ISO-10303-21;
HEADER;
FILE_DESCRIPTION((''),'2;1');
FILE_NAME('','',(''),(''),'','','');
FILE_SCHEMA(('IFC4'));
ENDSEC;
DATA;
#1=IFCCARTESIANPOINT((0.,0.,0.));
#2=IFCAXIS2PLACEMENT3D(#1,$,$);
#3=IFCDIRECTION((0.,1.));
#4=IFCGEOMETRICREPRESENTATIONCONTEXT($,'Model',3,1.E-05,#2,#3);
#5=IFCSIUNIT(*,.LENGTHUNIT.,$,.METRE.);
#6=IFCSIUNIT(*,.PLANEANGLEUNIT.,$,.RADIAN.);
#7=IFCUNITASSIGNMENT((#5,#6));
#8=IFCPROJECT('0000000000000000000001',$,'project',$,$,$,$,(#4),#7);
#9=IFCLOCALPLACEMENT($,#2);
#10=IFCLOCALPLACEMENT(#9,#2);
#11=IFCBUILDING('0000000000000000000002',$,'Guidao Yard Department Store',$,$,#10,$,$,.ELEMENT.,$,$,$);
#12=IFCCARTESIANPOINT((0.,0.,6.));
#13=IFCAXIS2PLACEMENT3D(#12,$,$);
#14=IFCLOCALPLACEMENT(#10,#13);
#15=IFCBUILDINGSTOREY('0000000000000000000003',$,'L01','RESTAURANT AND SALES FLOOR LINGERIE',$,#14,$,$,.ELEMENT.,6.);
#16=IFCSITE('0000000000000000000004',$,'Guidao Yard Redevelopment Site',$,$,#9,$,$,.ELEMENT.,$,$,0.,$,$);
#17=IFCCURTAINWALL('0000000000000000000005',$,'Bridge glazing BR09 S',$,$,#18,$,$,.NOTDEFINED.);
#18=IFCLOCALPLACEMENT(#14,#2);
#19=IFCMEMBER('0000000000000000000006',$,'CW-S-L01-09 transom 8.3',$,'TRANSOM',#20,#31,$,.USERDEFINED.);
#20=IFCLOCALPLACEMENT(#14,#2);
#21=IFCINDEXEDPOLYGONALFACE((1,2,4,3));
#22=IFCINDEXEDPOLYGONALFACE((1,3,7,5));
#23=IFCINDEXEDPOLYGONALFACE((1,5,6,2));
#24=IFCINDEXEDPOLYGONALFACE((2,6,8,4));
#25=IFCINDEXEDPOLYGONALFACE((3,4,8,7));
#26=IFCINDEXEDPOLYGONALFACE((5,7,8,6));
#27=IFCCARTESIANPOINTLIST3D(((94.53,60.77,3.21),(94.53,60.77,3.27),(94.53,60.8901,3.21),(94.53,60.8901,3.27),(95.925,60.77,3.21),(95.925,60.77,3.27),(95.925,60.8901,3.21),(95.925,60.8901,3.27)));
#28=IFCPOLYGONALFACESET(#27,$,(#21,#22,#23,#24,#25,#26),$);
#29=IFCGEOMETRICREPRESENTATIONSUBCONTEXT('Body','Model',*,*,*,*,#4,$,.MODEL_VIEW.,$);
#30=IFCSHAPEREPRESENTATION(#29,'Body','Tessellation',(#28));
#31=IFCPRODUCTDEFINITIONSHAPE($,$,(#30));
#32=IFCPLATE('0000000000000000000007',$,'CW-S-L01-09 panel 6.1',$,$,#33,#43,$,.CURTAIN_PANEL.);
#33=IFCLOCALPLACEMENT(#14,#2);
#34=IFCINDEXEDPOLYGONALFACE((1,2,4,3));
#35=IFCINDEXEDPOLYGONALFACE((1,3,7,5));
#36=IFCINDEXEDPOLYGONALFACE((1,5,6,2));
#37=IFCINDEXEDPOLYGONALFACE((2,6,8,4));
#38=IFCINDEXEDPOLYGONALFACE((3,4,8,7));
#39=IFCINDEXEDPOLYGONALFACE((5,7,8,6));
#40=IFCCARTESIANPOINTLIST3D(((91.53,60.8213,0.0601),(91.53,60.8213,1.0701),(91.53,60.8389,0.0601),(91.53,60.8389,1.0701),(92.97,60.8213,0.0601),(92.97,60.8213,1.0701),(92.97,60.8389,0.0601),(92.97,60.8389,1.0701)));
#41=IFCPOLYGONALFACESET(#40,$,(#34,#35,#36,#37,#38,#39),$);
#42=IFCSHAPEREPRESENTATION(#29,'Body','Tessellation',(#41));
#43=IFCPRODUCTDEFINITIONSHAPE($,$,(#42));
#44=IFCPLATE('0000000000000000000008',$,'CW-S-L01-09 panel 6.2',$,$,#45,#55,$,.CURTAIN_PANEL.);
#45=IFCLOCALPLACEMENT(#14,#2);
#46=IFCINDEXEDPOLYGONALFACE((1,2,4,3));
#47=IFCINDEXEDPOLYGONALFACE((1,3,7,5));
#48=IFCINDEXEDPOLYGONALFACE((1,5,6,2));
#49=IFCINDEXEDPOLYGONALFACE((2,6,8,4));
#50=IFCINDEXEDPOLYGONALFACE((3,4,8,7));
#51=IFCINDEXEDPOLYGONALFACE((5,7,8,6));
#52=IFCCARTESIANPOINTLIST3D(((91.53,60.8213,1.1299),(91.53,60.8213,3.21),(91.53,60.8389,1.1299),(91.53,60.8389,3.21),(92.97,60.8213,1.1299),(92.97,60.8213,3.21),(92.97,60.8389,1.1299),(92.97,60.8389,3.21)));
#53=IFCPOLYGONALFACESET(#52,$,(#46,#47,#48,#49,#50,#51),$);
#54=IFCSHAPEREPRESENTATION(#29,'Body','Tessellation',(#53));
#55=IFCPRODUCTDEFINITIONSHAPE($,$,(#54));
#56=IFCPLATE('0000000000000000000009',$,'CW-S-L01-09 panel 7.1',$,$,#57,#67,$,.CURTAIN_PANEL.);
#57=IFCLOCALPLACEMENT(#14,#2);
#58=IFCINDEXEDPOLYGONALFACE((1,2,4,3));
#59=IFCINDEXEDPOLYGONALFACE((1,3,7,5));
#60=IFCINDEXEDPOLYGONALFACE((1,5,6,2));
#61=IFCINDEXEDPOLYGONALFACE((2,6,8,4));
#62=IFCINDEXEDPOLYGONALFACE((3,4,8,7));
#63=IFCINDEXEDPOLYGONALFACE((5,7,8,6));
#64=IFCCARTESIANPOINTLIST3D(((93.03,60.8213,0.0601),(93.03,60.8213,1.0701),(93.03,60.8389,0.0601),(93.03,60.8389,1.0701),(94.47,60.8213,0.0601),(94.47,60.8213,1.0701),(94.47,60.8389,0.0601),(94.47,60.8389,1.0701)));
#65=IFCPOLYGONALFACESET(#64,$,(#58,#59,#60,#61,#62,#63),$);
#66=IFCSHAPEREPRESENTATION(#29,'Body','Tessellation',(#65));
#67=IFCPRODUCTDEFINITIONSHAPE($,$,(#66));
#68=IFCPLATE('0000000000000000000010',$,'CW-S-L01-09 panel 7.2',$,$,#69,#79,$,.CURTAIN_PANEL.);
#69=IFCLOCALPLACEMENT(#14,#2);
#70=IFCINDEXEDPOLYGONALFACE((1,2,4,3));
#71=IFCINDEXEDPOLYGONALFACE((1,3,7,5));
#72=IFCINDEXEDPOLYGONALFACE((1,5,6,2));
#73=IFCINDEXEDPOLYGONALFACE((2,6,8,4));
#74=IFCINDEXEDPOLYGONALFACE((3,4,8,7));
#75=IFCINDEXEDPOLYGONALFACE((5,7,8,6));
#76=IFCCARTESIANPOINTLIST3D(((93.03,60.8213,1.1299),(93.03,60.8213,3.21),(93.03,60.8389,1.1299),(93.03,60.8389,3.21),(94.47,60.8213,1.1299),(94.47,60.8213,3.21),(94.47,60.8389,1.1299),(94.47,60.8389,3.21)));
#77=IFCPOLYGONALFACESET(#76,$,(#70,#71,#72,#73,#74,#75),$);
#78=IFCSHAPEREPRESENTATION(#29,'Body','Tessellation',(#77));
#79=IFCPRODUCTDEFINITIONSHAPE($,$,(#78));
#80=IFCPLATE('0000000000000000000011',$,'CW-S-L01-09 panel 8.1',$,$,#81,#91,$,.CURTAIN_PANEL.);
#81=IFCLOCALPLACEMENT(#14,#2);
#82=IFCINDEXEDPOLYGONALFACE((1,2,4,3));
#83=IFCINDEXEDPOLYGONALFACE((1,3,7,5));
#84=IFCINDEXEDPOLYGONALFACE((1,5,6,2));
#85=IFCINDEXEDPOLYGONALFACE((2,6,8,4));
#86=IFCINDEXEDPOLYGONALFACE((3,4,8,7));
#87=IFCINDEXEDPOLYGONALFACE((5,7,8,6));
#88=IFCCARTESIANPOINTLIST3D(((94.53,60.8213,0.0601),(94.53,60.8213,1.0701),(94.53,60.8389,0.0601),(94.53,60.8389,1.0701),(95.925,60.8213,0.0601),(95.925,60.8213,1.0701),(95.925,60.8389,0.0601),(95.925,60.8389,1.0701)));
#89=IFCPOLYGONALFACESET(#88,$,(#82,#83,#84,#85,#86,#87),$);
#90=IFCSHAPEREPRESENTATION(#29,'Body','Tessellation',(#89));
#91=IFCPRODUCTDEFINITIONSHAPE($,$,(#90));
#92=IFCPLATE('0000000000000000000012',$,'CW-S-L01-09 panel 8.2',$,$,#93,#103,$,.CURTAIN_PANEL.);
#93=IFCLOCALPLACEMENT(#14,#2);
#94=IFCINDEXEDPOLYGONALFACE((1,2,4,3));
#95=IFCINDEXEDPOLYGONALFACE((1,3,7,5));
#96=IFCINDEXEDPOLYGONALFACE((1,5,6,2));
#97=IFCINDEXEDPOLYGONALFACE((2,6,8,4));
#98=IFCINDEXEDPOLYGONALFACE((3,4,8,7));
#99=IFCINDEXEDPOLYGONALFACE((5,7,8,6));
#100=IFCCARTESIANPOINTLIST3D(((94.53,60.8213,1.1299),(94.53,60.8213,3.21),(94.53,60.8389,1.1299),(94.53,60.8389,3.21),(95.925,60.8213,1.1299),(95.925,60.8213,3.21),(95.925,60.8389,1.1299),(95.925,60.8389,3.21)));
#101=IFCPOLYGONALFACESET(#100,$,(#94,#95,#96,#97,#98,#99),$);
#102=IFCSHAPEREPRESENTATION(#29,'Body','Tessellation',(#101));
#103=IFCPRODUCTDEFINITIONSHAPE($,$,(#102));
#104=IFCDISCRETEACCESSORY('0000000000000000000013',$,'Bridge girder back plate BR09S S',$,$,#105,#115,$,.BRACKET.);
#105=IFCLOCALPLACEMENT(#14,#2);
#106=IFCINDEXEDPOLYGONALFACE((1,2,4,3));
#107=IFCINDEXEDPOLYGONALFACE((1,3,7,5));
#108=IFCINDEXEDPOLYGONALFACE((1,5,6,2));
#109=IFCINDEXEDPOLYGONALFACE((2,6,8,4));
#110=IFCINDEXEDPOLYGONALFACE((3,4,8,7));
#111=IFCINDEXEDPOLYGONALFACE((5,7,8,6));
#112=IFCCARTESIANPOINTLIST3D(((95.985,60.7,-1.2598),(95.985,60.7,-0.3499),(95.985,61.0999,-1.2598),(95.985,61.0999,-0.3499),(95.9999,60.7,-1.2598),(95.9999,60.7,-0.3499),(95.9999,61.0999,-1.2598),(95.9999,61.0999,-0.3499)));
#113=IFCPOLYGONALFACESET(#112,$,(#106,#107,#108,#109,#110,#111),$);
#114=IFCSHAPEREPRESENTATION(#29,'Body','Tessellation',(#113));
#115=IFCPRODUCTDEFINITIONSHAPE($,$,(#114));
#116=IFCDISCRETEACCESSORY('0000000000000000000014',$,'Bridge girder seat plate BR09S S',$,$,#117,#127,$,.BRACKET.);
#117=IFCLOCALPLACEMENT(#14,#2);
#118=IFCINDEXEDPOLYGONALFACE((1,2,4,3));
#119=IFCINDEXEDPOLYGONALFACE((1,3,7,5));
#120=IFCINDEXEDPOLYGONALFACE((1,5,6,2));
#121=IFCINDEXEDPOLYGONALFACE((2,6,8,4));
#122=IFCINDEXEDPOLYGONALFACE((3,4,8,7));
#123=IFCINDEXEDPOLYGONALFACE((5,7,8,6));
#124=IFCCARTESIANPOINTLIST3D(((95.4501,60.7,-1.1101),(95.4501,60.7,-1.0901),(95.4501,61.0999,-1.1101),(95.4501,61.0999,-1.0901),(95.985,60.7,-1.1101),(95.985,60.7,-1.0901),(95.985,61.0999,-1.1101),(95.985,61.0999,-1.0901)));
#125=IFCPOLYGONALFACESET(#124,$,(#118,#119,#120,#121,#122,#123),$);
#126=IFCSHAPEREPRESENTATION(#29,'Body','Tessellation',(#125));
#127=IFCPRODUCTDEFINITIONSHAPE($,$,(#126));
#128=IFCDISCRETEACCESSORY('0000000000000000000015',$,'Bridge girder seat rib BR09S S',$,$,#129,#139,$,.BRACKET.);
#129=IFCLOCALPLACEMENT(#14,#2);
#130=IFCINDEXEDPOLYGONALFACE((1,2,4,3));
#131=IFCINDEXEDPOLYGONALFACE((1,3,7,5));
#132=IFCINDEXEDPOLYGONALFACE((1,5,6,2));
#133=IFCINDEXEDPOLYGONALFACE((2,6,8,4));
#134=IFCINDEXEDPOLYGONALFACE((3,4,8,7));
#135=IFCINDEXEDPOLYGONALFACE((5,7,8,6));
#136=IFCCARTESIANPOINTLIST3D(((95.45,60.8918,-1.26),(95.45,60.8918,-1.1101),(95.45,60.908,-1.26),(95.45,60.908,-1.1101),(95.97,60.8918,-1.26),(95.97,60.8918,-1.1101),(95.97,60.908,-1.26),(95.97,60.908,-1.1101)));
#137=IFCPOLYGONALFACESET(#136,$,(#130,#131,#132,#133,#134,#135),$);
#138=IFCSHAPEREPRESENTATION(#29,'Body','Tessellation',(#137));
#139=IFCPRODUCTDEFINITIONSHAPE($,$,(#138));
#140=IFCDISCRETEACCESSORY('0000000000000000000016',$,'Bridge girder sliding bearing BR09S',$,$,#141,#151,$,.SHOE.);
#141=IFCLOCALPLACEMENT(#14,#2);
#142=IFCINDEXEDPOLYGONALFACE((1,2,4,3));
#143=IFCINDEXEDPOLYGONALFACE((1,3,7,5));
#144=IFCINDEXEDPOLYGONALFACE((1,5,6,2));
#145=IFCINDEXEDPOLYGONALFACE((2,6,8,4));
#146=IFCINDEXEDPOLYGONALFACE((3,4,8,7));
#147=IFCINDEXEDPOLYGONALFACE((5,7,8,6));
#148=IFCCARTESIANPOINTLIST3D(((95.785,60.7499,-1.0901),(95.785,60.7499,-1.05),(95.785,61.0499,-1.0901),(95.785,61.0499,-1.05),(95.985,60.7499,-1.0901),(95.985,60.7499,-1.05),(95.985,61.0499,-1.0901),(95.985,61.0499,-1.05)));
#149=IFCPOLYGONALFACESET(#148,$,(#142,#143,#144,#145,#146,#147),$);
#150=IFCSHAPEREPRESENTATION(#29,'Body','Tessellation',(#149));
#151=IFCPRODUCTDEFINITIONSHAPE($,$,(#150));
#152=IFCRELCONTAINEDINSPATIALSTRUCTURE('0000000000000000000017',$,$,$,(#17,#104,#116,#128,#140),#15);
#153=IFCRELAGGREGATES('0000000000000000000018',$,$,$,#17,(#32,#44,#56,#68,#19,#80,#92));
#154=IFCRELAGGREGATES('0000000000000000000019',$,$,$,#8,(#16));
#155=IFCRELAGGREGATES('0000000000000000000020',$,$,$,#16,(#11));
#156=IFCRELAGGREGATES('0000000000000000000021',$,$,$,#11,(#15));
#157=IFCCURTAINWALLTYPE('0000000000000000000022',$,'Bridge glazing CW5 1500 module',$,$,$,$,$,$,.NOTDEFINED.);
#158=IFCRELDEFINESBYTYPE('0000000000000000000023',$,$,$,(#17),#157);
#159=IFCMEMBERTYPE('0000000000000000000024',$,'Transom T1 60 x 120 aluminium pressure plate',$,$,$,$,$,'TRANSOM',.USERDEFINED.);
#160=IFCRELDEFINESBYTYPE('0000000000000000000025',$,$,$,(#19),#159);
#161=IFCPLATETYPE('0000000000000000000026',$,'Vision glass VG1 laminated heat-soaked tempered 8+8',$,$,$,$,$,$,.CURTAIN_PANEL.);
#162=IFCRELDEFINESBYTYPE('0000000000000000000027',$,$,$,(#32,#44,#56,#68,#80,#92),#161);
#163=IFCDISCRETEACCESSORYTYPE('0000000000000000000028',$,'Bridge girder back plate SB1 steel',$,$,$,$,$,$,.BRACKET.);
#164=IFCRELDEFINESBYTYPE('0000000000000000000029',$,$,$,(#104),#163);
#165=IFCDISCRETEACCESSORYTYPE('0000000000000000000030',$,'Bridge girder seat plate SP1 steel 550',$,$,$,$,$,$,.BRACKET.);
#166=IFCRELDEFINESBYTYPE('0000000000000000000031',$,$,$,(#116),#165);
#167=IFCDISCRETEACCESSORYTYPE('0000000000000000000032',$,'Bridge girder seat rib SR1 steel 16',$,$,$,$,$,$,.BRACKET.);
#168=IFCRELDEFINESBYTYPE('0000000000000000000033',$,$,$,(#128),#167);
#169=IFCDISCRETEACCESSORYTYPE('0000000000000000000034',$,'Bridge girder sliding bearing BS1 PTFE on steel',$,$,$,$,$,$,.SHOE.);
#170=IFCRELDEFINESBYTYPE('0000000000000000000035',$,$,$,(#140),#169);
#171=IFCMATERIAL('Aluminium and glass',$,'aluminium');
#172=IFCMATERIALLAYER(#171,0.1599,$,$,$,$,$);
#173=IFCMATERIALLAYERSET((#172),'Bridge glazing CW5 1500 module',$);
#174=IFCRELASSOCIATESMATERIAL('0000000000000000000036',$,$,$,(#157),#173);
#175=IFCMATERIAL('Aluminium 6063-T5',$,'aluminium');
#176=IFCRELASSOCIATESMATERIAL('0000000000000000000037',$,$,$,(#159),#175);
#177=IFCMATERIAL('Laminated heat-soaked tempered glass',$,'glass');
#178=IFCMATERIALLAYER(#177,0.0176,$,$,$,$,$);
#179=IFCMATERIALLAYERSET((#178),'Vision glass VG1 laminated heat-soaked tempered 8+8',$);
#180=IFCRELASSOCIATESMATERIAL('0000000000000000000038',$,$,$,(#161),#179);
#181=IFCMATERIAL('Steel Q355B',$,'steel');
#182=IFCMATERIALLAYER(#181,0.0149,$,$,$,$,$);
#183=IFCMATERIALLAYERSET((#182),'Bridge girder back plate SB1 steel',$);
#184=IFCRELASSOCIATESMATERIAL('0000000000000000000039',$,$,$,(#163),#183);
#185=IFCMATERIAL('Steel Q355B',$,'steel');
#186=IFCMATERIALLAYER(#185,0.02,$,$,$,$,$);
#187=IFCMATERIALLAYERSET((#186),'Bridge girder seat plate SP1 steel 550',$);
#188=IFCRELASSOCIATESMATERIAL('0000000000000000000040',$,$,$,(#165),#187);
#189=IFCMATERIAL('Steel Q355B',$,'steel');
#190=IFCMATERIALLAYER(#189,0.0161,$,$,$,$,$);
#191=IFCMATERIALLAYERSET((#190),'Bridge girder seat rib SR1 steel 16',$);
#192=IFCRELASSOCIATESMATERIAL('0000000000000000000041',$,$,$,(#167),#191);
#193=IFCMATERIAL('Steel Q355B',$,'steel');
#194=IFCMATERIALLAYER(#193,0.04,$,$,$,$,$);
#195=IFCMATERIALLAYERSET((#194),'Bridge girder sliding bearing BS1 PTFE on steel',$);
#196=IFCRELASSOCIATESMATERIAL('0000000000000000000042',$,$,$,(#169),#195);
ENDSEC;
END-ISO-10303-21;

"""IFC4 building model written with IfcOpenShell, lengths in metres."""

from ifc_helpers import new_model, si_unit, direction, frame, origin, origin_2d, place, context, subcontext, project, spatial, rectangle, extrude, material, layer, layer_set, material_profile, profile_set, type_object, element, aggregate, save


model = new_model("IFC4")

# Units and contexts
model_context = context("Model", 3, precision=1e-05, world=origin(), true_north=direction((0.0, 1.0)))
body_context = subcontext(model_context, "Body", "Model", "MODEL_VIEW")
ifc_project = project(units=[si_unit("LENGTHUNIT", "METRE"), si_unit("PLANEANGLEUNIT", "RADIAN")], contexts=[model_context])

# Site, building, storey
site_placement = place(None, origin())
site = spatial("IfcSite", under=ifc_project, at=site_placement, Name="Guidao Yard Redevelopment Site", CompositionType="ELEMENT", RefElevation=0.0)
building_placement = place(site_placement, origin())
building = spatial("IfcBuilding", under=site, at=building_placement, Name="Guidao Yard Department Store", CompositionType="ELEMENT")
storey_placement = place(building_placement, frame((0.0, 0.0, 6.0)))
storey = spatial("IfcBuildingStorey", under=building, at=storey_placement, Name="L01", Description="RESTAURANT AND SALES FLOOR LINGERIE", CompositionType="ELEMENT", Elevation=6.0)

# Curtain wall, member, plates
ifc_material_1 = material(Name="Aluminium and glass", Category="aluminium")
ifc_layer_1 = layer(ifc_material_1, 0.1599)
ifc_layer_set_1 = layer_set([ifc_layer_1], Name="Bridge glazing CW5 1500 module")
curtain_wall_type = type_object("IfcCurtainWallType", Name="Bridge glazing CW5 1500 module", PredefinedType="NOTDEFINED", material=ifc_layer_set_1)
curtain_wall_placement = place(storey_placement, origin())
curtain_wall = element("IfcCurtainWall", 1, at=curtain_wall_placement, inside=storey, type_object=curtain_wall_type, Name="Bridge glazing BR09 S", PredefinedType="NOTDEFINED")
ifc_material_2 = material(Name="Aluminium 6063-T5", Category="aluminium")
ifc_material_profile_1 = material_profile(ifc_material_2, rectangle(XDim=0.1201, YDim=0.0601, at=origin_2d()), Name="Transom T1 60 x 120 aluminium pressure plate")
ifc_profile_set_1 = profile_set([ifc_material_profile_1], Name="Aluminium 6063-T5")
member_type_1 = type_object("IfcMemberType", Name="Transom T1 60 x 120 aluminium pressure plate", ElementType="TRANSOM", PredefinedType="USERDEFINED", material=ifc_profile_set_1)
member_1_placement = place(storey_placement, frame((95.925, 60.8301, 3.24), z_axis=(-1.0, 0.0, 0.0), x_axis=(0.0, -1.0, 0.0)))
member_1 = element("IfcMember", 2, at=member_1_placement, type_object=member_type_1, Name="CW-S-L01-09 transom 8.3", ObjectType="TRANSOM", PredefinedType="USERDEFINED", context=body_context, shape_type="SweptSolid", body=[
    extrude(rectangle(XDim=0.1201, YDim=0.0601, at=origin_2d()), origin(), (0.0, 0.0, 1.0), 1.395),
])
ifc_material_3 = material(Name="Laminated heat-soaked tempered glass", Category="glass")
ifc_layer_2 = layer(ifc_material_3, 0.0176)
ifc_layer_set_2 = layer_set([ifc_layer_2], Name="Vision glass VG1 laminated heat-soaked tempered 8+8")
plate_type = type_object("IfcPlateType", Name="Vision glass VG1 laminated heat-soaked tempered 8+8", PredefinedType="CURTAIN_PANEL", material=ifc_layer_set_2)
plate_1_placement = place(storey_placement, frame((92.25, 60.8301, 0.0601), z_axis=(0.0, 0.0, 1.0), x_axis=(-1.0, 0.0, 0.0)))
plate_1 = element("IfcPlate", 3, at=plate_1_placement, type_object=plate_type, Name="CW-S-L01-09 panel 6.1", PredefinedType="CURTAIN_PANEL", context=body_context, shape_type="SweptSolid", body=[
    extrude(rectangle(XDim=1.4399, YDim=0.0176, at=origin_2d()), origin(), (0.0, 0.0, 1.0), 1.01),
])
plate_2_placement = place(storey_placement, frame((92.25, 60.8301, 1.1299), z_axis=(0.0, 0.0, 1.0), x_axis=(-1.0, 0.0, 0.0)))
plate_2 = element("IfcPlate", 4, at=plate_2_placement, type_object=plate_type, Name="CW-S-L01-09 panel 6.2", PredefinedType="CURTAIN_PANEL", context=body_context, shape_type="SweptSolid", body=[
    extrude(rectangle(XDim=1.4399, YDim=0.0176, at=origin_2d()), origin(), (0.0, 0.0, 1.0), 2.0801),
])
plate_3_placement = place(storey_placement, frame((93.75, 60.8301, 0.0601), z_axis=(0.0, 0.0, 1.0), x_axis=(-1.0, 0.0, 0.0)))
plate_3 = element("IfcPlate", 5, at=plate_3_placement, type_object=plate_type, Name="CW-S-L01-09 panel 7.1", PredefinedType="CURTAIN_PANEL", context=body_context, shape_type="SweptSolid", body=[
    extrude(rectangle(XDim=1.4399, YDim=0.0176, at=origin_2d()), origin(), (0.0, 0.0, 1.0), 1.01),
])
plate_4_placement = place(storey_placement, frame((93.75, 60.8301, 1.1299), z_axis=(0.0, 0.0, 1.0), x_axis=(-1.0, 0.0, 0.0)))
plate_4 = element("IfcPlate", 6, at=plate_4_placement, type_object=plate_type, Name="CW-S-L01-09 panel 7.2", PredefinedType="CURTAIN_PANEL", context=body_context, shape_type="SweptSolid", body=[
    extrude(rectangle(XDim=1.4399, YDim=0.0176, at=origin_2d()), origin(), (0.0, 0.0, 1.0), 2.0801),
])
plate_5_placement = place(storey_placement, frame((95.2275, 60.8301, 0.0601), z_axis=(0.0, 0.0, 1.0), x_axis=(-1.0, 0.0, 0.0)))
plate_5 = element("IfcPlate", 7, at=plate_5_placement, type_object=plate_type, Name="CW-S-L01-09 panel 8.1", PredefinedType="CURTAIN_PANEL", context=body_context, shape_type="SweptSolid", body=[
    extrude(rectangle(XDim=1.395, YDim=0.0176, at=origin_2d()), origin(), (0.0, 0.0, 1.0), 1.01),
])
plate_6_placement = place(storey_placement, frame((95.2275, 60.8301, 1.1299), z_axis=(0.0, 0.0, 1.0), x_axis=(-1.0, 0.0, 0.0)))
plate_6 = element("IfcPlate", 8, at=plate_6_placement, type_object=plate_type, Name="CW-S-L01-09 panel 8.2", PredefinedType="CURTAIN_PANEL", context=body_context, shape_type="SweptSolid", body=[
    extrude(rectangle(XDim=1.395, YDim=0.0176, at=origin_2d()), origin(), (0.0, 0.0, 1.0), 2.0801),
])
aggregate(curtain_wall, [plate_1, plate_2, plate_3, plate_4, member_1, plate_5, plate_6])

# Discrete accessories
ifc_material_4 = material(Name="Steel Q355B", Category="steel")
ifc_layer_3 = layer(ifc_material_4, 0.0149)
ifc_layer_set_3 = layer_set([ifc_layer_3], Name="Bridge girder back plate SB1 steel")
discrete_accessory_type_1 = type_object("IfcDiscreteAccessoryType", Name="Bridge girder back plate SB1 steel", PredefinedType="BRACKET", material=ifc_layer_set_3)
discrete_accessory_1_placement = place(storey_placement, frame((95.9924, 60.8999, -1.2598), z_axis=(0.0, 0.0, 1.0), x_axis=(1.0, 0.0, 0.0)))
element("IfcDiscreteAccessory", 9, at=discrete_accessory_1_placement, inside=storey, type_object=discrete_accessory_type_1, Name="Bridge girder back plate BR09S S", PredefinedType="BRACKET", context=body_context, shape_type="SweptSolid", body=[
    extrude(rectangle(XDim=0.0149, YDim=0.3999, at=origin_2d()), origin(), (0.0, 0.0, 1.0), 0.9099),
])
ifc_material_5 = material(Name="Steel Q355B", Category="steel")
ifc_layer_4 = layer(ifc_material_5, 0.02)
ifc_layer_set_4 = layer_set([ifc_layer_4], Name="Bridge girder seat plate SP1 steel 550")
discrete_accessory_type_2 = type_object("IfcDiscreteAccessoryType", Name="Bridge girder seat plate SP1 steel 550", PredefinedType="BRACKET", material=ifc_layer_set_4)
discrete_accessory_2_placement = place(storey_placement, frame((95.7175, 60.8999, -1.1101), z_axis=(0.0, 0.0, 1.0), x_axis=(1.0, 0.0, 0.0)))
element("IfcDiscreteAccessory", 10, at=discrete_accessory_2_placement, inside=storey, type_object=discrete_accessory_type_2, Name="Bridge girder seat plate BR09S S", PredefinedType="BRACKET", context=body_context, shape_type="SweptSolid", body=[
    extrude(rectangle(XDim=0.5349, YDim=0.3999, at=origin_2d()), origin(), (0.0, 0.0, 1.0), 0.02),
])
ifc_material_6 = material(Name="Steel Q355B", Category="steel")
ifc_layer_5 = layer(ifc_material_6, 0.0161)
ifc_layer_set_5 = layer_set([ifc_layer_5], Name="Bridge girder seat rib SR1 steel 16")
discrete_accessory_type_3 = type_object("IfcDiscreteAccessoryType", Name="Bridge girder seat rib SR1 steel 16", PredefinedType="BRACKET", material=ifc_layer_set_5)
discrete_accessory_3_placement = place(storey_placement, frame((95.71, 60.8999, -1.26), z_axis=(0.0, 0.0, 1.0), x_axis=(1.0, 0.0, 0.0)))
element("IfcDiscreteAccessory", 11, at=discrete_accessory_3_placement, inside=storey, type_object=discrete_accessory_type_3, Name="Bridge girder seat rib BR09S S", PredefinedType="BRACKET", context=body_context, shape_type="SweptSolid", body=[
    extrude(rectangle(XDim=0.52, YDim=0.0161, at=origin_2d()), origin(), (0.0, 0.0, 1.0), 0.1499),
])
ifc_material_7 = material(Name="Steel Q355B", Category="steel")
ifc_layer_6 = layer(ifc_material_7, 0.04)
ifc_layer_set_6 = layer_set([ifc_layer_6], Name="Bridge girder sliding bearing BS1 PTFE on steel")
discrete_accessory_type_4 = type_object("IfcDiscreteAccessoryType", Name="Bridge girder sliding bearing BS1 PTFE on steel", PredefinedType="SHOE", material=ifc_layer_set_6)
discrete_accessory_4_placement = place(storey_placement, frame((95.885, 60.8999, -1.0901), z_axis=(0.0, 0.0, 1.0), x_axis=(1.0, 0.0, 0.0)))
element("IfcDiscreteAccessory", 12, at=discrete_accessory_4_placement, inside=storey, type_object=discrete_accessory_type_4, Name="Bridge girder sliding bearing BR09S", PredefinedType="SHOE", context=body_context, shape_type="SweptSolid", body=[
    extrude(rectangle(XDim=0.2, YDim=0.3, at=origin_2d()), origin(), (0.0, 0.0, 1.0), 0.04),
])

save(model, "model.ifc")
